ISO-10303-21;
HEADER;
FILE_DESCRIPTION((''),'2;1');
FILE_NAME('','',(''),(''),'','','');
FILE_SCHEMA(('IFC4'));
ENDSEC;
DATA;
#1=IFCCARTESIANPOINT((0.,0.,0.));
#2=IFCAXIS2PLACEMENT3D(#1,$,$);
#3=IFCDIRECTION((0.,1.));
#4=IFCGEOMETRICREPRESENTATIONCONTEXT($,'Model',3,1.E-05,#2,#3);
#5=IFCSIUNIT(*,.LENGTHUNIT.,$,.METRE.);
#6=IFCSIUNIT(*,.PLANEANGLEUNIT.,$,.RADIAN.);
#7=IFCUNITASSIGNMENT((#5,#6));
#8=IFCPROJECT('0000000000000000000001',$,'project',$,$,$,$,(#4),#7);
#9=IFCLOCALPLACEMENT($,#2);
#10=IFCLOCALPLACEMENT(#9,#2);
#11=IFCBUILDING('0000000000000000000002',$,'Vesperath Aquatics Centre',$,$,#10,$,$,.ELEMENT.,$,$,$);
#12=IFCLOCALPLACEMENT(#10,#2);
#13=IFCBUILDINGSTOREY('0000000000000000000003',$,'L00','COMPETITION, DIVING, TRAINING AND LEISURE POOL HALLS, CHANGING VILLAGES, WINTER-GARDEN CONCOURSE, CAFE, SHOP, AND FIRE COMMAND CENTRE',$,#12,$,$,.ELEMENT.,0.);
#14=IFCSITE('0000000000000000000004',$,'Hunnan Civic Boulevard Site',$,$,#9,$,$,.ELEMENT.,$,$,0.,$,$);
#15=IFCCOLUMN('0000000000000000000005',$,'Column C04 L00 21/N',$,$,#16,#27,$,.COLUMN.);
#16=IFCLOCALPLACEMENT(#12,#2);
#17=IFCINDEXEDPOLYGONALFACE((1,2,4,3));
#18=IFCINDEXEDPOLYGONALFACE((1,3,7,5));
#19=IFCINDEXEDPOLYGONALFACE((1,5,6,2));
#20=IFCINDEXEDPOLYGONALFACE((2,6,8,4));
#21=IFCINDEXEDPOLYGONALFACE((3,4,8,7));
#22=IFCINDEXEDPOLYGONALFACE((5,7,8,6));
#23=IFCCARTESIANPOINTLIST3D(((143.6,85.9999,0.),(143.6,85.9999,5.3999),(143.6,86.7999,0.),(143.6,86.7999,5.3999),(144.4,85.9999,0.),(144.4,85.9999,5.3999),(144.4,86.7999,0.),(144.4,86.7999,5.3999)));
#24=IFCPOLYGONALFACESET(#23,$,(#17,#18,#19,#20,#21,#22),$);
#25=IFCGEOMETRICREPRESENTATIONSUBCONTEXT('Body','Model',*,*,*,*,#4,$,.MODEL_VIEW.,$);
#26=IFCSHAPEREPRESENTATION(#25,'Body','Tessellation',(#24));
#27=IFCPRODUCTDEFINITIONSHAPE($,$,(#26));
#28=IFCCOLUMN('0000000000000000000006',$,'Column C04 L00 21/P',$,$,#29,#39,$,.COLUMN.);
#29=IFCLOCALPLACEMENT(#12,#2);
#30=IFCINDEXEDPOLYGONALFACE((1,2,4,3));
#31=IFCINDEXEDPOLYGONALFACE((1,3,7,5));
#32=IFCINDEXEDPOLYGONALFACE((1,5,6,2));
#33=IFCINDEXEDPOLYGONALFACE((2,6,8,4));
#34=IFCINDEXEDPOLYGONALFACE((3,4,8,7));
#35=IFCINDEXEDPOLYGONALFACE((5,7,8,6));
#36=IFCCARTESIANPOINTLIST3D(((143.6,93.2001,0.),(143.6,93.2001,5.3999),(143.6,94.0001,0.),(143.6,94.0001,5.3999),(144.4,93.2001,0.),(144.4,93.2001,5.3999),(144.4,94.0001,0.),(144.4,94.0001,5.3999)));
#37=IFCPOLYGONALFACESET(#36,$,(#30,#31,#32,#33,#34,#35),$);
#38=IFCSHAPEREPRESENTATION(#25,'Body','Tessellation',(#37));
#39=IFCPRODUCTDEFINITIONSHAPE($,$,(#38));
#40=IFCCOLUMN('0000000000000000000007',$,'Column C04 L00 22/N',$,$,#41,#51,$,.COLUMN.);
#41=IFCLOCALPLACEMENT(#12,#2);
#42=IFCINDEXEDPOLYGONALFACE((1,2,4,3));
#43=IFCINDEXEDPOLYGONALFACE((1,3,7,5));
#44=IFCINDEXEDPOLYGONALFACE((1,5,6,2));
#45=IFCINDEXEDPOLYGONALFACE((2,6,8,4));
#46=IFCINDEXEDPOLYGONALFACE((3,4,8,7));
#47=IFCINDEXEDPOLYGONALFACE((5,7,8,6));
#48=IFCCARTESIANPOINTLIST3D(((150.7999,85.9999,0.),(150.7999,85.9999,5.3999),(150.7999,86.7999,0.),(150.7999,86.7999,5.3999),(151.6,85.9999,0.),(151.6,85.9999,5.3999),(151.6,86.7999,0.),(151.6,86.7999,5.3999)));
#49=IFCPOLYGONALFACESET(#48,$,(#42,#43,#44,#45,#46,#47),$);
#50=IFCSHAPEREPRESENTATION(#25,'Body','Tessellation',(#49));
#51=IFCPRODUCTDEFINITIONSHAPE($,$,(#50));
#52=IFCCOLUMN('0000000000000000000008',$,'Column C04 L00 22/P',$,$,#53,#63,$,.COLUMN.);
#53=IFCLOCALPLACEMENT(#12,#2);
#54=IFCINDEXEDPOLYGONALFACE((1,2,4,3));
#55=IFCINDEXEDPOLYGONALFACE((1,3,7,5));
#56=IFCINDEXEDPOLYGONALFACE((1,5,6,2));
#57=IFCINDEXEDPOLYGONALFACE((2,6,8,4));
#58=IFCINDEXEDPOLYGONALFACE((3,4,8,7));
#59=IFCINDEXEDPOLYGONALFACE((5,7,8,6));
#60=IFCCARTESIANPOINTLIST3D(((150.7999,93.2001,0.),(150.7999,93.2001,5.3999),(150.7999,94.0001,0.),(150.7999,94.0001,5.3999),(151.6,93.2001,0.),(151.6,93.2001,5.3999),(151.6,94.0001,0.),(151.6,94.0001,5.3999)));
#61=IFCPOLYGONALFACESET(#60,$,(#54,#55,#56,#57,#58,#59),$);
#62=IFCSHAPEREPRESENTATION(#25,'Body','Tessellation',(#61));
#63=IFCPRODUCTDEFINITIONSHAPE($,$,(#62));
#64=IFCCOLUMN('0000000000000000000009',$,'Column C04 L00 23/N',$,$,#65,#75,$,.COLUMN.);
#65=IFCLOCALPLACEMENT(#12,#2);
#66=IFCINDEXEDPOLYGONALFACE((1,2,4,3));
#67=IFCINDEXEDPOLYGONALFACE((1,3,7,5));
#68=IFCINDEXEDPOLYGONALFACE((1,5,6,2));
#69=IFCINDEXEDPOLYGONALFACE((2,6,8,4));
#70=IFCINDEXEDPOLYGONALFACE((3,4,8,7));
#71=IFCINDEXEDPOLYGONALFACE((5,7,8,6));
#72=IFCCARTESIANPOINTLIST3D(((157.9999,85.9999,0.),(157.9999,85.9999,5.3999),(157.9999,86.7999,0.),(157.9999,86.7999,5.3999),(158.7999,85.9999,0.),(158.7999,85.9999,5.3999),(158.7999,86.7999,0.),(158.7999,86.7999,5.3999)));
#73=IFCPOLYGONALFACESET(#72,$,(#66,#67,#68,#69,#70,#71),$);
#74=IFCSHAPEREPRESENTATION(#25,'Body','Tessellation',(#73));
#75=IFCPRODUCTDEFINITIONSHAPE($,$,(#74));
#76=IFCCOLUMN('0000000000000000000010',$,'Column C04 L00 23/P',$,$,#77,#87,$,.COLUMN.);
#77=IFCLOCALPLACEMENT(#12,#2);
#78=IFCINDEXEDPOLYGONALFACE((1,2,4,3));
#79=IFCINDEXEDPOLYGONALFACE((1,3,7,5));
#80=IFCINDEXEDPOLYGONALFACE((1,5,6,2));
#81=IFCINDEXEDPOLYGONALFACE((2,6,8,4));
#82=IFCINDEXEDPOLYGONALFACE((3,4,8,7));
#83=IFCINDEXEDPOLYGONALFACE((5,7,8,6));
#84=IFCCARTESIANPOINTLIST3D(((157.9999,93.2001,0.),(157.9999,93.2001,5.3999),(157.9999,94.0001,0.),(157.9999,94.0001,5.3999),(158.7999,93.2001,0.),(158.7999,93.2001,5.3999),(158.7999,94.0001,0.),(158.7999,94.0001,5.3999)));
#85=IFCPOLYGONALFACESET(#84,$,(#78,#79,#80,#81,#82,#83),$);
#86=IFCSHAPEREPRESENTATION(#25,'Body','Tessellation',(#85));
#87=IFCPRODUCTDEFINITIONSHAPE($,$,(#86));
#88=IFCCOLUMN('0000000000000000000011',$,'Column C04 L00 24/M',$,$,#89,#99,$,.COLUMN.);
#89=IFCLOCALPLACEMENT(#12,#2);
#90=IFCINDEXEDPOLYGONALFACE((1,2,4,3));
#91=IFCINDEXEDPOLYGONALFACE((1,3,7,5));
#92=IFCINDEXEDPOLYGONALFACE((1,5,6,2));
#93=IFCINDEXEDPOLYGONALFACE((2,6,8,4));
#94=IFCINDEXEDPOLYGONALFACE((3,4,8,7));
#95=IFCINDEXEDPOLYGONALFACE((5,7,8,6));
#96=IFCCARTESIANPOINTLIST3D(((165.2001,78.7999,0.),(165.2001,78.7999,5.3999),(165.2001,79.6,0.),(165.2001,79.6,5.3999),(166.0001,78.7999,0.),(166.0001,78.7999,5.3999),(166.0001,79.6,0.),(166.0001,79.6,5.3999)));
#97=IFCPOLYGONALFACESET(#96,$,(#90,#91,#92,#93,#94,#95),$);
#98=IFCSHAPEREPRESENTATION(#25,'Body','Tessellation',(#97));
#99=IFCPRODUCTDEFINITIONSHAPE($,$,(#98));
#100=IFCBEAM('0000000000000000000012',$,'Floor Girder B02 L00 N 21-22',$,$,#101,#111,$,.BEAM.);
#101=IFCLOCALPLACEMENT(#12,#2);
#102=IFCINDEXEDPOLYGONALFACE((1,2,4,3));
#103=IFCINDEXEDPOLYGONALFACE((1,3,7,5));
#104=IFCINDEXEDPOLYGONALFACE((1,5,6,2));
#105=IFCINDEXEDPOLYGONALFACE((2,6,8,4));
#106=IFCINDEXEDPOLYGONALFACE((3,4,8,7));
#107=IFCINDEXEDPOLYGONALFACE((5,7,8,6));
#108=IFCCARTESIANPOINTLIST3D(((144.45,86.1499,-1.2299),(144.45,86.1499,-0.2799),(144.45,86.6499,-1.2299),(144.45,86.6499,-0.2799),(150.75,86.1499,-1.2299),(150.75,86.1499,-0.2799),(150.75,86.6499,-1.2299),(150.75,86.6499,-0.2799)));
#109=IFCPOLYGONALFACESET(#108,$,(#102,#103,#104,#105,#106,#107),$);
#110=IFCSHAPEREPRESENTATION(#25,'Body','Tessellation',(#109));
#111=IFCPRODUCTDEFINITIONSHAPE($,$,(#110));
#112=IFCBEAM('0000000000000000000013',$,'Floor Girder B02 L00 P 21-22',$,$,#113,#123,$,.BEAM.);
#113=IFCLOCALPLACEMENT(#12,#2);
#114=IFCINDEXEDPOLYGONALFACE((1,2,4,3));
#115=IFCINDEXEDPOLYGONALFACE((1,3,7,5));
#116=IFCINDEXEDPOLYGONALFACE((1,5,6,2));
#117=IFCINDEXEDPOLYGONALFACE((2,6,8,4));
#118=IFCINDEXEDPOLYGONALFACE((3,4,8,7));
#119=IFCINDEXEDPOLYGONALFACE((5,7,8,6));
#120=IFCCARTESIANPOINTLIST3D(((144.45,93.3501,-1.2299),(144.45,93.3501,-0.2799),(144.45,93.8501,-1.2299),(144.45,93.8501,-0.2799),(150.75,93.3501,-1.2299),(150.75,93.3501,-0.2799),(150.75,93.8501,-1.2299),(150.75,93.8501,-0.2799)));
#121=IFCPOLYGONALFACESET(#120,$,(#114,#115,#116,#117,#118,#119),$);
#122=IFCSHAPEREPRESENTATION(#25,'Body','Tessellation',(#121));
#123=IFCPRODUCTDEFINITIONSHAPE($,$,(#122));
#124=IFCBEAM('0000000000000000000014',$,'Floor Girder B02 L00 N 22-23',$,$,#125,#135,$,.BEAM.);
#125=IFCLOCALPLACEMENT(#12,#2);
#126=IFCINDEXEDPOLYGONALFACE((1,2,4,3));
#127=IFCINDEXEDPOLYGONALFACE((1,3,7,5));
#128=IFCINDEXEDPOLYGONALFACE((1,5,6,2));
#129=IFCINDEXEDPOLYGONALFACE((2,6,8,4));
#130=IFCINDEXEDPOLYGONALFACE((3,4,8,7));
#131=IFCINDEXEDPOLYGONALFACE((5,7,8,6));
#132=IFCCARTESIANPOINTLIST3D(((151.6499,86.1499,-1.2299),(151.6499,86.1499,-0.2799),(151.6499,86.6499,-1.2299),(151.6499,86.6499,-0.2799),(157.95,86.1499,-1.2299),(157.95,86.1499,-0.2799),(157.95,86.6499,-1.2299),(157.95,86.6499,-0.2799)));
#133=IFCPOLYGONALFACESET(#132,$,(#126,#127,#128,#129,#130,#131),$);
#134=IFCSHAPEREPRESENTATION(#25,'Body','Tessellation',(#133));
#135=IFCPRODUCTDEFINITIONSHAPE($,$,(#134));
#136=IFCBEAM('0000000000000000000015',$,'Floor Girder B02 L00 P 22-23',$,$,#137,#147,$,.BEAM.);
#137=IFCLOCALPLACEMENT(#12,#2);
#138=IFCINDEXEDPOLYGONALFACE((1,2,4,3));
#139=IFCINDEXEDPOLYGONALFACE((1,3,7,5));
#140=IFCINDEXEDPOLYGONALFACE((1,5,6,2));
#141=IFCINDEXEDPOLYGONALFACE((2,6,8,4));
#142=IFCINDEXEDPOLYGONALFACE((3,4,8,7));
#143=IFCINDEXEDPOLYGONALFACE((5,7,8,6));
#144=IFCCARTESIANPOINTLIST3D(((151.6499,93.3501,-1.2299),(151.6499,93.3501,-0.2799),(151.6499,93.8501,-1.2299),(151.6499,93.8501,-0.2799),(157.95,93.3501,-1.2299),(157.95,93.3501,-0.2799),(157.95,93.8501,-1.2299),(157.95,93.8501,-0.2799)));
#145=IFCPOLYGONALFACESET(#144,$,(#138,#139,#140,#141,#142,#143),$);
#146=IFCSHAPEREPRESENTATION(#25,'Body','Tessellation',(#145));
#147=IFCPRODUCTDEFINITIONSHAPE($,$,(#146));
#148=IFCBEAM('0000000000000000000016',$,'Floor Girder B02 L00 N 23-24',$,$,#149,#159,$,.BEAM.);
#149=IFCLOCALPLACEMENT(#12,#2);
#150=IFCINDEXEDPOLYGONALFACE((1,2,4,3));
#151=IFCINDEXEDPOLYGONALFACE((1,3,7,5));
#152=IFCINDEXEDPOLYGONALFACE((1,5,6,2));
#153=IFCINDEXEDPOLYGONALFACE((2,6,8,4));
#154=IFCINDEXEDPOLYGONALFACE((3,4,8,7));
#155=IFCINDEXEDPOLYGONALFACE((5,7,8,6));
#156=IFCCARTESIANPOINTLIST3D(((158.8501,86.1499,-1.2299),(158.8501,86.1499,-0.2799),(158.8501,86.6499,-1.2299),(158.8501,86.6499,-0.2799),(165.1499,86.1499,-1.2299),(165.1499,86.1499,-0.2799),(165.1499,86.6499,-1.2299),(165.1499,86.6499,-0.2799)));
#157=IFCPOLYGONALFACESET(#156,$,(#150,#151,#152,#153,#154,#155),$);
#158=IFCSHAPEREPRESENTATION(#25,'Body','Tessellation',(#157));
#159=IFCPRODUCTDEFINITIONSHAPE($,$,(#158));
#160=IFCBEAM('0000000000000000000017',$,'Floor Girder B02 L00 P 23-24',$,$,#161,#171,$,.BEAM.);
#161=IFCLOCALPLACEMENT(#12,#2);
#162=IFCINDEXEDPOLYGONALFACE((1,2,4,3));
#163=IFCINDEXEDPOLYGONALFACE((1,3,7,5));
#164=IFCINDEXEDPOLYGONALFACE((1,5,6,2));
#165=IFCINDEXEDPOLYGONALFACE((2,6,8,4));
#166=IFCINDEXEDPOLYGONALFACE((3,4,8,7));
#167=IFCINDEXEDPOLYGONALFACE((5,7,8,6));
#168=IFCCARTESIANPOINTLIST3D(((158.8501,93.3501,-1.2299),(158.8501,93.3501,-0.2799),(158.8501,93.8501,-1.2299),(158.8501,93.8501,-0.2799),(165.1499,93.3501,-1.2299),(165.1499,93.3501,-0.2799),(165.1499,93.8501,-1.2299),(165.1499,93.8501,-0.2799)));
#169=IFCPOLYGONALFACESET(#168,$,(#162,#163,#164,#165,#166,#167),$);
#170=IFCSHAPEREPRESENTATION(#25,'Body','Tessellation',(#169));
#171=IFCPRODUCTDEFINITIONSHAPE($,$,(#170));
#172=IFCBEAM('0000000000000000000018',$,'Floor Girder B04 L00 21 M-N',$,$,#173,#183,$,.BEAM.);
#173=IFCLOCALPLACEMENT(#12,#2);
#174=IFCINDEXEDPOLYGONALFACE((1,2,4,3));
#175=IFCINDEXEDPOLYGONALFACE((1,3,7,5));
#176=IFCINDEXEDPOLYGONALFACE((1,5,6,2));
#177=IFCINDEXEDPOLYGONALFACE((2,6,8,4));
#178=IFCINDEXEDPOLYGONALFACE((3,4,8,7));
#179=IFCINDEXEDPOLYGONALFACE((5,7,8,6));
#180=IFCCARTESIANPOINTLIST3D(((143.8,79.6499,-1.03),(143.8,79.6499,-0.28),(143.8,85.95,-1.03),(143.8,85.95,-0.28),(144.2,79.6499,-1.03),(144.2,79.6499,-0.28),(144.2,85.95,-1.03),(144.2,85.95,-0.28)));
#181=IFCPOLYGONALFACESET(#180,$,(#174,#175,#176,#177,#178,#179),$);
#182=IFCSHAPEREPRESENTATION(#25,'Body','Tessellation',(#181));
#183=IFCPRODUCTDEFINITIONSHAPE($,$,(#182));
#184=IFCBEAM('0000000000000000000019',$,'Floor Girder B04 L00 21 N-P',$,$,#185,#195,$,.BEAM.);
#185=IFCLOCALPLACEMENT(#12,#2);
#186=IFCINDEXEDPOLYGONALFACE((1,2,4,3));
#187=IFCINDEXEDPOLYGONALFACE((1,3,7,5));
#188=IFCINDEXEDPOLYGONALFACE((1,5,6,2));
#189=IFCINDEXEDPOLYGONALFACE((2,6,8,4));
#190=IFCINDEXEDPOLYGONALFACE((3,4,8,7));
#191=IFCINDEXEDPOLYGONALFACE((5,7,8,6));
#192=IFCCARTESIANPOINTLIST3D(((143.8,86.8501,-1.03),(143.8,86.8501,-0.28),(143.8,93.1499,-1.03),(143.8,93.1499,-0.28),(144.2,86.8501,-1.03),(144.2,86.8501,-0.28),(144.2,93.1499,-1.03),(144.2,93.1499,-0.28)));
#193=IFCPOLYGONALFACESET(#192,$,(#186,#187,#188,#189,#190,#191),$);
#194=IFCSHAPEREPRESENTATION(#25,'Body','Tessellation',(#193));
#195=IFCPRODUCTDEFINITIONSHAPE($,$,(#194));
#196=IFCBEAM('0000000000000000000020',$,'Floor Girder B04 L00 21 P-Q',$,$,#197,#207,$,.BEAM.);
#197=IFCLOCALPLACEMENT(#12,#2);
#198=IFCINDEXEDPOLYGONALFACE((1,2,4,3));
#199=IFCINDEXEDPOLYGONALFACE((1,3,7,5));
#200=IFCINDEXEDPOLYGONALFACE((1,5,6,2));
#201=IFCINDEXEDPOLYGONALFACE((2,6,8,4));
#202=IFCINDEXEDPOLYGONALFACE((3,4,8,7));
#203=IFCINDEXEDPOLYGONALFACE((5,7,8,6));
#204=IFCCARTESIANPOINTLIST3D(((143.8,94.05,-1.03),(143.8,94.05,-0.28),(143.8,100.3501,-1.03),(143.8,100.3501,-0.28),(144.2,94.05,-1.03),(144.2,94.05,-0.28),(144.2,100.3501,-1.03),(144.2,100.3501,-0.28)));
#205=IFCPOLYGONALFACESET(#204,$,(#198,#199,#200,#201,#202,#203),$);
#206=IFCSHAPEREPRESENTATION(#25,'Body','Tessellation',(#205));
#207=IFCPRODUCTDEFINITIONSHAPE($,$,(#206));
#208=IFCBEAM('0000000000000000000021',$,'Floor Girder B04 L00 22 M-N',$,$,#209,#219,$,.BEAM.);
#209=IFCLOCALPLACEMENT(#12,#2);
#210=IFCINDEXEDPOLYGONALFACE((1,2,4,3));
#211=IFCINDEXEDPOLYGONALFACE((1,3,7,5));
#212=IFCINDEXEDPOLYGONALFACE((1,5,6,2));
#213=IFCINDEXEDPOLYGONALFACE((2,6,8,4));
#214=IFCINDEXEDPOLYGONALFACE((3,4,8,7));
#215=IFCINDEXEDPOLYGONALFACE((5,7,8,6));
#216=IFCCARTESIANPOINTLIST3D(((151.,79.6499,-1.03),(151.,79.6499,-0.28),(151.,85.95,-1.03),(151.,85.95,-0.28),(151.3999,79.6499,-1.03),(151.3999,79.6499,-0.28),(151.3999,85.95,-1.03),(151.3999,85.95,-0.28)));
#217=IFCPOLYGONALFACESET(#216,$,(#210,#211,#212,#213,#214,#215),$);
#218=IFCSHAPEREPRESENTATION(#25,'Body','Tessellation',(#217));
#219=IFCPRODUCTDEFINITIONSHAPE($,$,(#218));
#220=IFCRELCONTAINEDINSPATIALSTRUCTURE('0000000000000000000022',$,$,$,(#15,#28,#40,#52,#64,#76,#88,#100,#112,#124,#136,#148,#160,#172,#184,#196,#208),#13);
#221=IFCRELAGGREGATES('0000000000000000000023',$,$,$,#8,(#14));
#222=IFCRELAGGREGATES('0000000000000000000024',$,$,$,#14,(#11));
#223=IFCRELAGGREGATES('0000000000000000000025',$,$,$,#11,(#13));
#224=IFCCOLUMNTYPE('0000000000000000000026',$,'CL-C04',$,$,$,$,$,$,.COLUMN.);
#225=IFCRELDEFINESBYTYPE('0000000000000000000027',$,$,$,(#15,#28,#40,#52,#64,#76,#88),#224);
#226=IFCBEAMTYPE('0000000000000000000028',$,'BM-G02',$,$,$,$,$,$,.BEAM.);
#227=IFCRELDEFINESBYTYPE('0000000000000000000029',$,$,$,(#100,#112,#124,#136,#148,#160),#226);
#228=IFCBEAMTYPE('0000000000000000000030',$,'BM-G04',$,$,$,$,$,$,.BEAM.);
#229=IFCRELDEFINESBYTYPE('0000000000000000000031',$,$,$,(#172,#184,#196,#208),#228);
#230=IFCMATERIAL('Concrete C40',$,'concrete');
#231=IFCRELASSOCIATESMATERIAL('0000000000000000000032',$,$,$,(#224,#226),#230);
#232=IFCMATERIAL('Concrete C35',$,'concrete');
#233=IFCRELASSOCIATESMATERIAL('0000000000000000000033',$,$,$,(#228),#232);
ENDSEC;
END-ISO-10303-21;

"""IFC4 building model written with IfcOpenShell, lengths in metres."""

from ifc_helpers import new_model, si_unit, direction, frame, origin, origin_2d, place, context, subcontext, project, spatial, rectangle, extrude, material, material_profile, profile_set, type_object, element, save


model = new_model("IFC4")

# Units and contexts
model_context = context("Model", 3, precision=1e-05, world=origin(), true_north=direction((0.0, 1.0)))
body_context = subcontext(model_context, "Body", "Model", "MODEL_VIEW")
ifc_project = project(units=[si_unit("LENGTHUNIT", "METRE"), si_unit("PLANEANGLEUNIT", "RADIAN")], contexts=[model_context])

# Site, building, storey
site_placement = place(None, origin())
site = spatial("IfcSite", under=ifc_project, at=site_placement, Name="Hunnan Civic Boulevard Site", CompositionType="ELEMENT", RefElevation=0.0)
building_placement = place(site_placement, origin())
building = spatial("IfcBuilding", under=site, at=building_placement, Name="Vesperath Aquatics Centre", CompositionType="ELEMENT")
storey_placement = place(building_placement, origin())
storey = spatial("IfcBuildingStorey", under=building, at=storey_placement, Name="L00", Description="COMPETITION, DIVING, TRAINING AND LEISURE POOL HALLS, CHANGING VILLAGES, WINTER-GARDEN CONCOURSE, CAFE, SHOP, AND FIRE COMMAND CENTRE", CompositionType="ELEMENT", Elevation=0.0)

# Columns
ifc_material_1 = material(Name="Concrete C40", Category="concrete")
ifc_material_profile_1 = material_profile(ifc_material_1, rectangle(XDim=0.8, YDim=0.8, at=origin_2d()), Name="RC 800x800")
ifc_profile_set_1 = profile_set([ifc_material_profile_1], Name="Concrete C40")
column_type = type_object("IfcColumnType", Name="CL-C04", PredefinedType="COLUMN", material=ifc_profile_set_1)
for number, where, z_axis, x_axis, name in (
    (1, (144.0, 86.3999, 0.0), (0.0, 0.0, 1.0), (1.0, 0.0, 0.0), "Column C04 L00 21/N"),
    (2, (144.0, 93.6001, 0.0), (0.0, 0.0, 1.0), (1.0, 0.0, 0.0), "Column C04 L00 21/P"),
    (3, (151.2, 86.3999, 0.0), (0.0, 0.0, 1.0), (1.0, 0.0, 0.0), "Column C04 L00 22/N"),
    (4, (151.2, 93.6001, 0.0), (0.0, 0.0, 1.0), (1.0, 0.0, 0.0), "Column C04 L00 22/P"),
    (5, (158.3999, 86.3999, 0.0), (0.0, 0.0, 1.0), (1.0, 0.0, 0.0), "Column C04 L00 23/N"),
    (6, (158.3999, 93.6001, 0.0), (0.0, 0.0, 1.0), (1.0, 0.0, 0.0), "Column C04 L00 23/P"),
    (7, (165.6001, 79.2, 0.0), (0.0, 0.0, 1.0), (1.0, 0.0, 0.0), "Column C04 L00 24/M"),
):
    element("IfcColumn", number, at=place(storey_placement, frame(where, z_axis=z_axis, x_axis=x_axis)), inside=storey, type_object=column_type, Name=name, PredefinedType="COLUMN", context=body_context, shape_type="SweptSolid", body=[
        extrude(rectangle(XDim=0.8, YDim=0.8, at=origin_2d()), origin(), (0.0, 0.0, 1.0), 5.3999),
    ])

# Beams
ifc_material_profile_2 = material_profile(ifc_material_1, rectangle(XDim=0.5, YDim=0.95, at=origin_2d()), Name="RC 500x950")
ifc_profile_set_2 = profile_set([ifc_material_profile_2], Name="Concrete C40")
beam_type_1 = type_object("IfcBeamType", Name="BM-G02", PredefinedType="BEAM", material=ifc_profile_set_2)
for number, where, z_axis, x_axis, name in (
    (8, (144.45, 86.3999, -0.7549), (1.0, 0.0, 0.0), (0.0, 1.0, 0.0), "Floor Girder B02 L00 N 21-22"),
    (9, (144.45, 93.6001, -0.7549), (1.0, 0.0, 0.0), (0.0, 1.0, 0.0), "Floor Girder B02 L00 P 21-22"),
    (10, (151.6499, 86.3999, -0.7549), (1.0, 0.0, 0.0), (0.0, 1.0, 0.0), "Floor Girder B02 L00 N 22-23"),
    (11, (151.6499, 93.6001, -0.7549), (1.0, 0.0, 0.0), (0.0, 1.0, 0.0), "Floor Girder B02 L00 P 22-23"),
):
    element("IfcBeam", number, at=place(storey_placement, frame(where, z_axis=z_axis, x_axis=x_axis)), inside=storey, type_object=beam_type_1, Name=name, PredefinedType="BEAM", context=body_context, shape_type="SweptSolid", body=[
        extrude(rectangle(XDim=0.5, YDim=0.95, at=origin_2d()), origin(), (0.0, 0.0, 1.0), 6.3),
    ])
for number, where, z_axis, x_axis, name in (
    (12, (158.8501, 86.3999, -0.7549), (1.0, 0.0, 0.0), (0.0, 1.0, 0.0), "Floor Girder B02 L00 N 23-24"),
    (13, (158.8501, 93.6001, -0.7549), (1.0, 0.0, 0.0), (0.0, 1.0, 0.0), "Floor Girder B02 L00 P 23-24"),
):
    element("IfcBeam", number, at=place(storey_placement, frame(where, z_axis=z_axis, x_axis=x_axis)), inside=storey, type_object=beam_type_1, Name=name, PredefinedType="BEAM", context=body_context, shape_type="SweptSolid", body=[
        extrude(rectangle(XDim=0.5, YDim=0.95, at=origin_2d()), origin(), (0.0, 0.0, 1.0), 6.2998),
    ])
ifc_material_2 = material(Name="Concrete C35", Category="concrete")
ifc_material_profile_3 = material_profile(ifc_material_2, rectangle(XDim=0.3999, YDim=0.75, at=origin_2d()), Name="RC 400x750")
ifc_profile_set_3 = profile_set([ifc_material_profile_3], Name="Concrete C35")
beam_type_2 = type_object("IfcBeamType", Name="BM-G04", PredefinedType="BEAM", material=ifc_profile_set_3)
beam_1_placement = place(storey_placement, frame((144.0, 79.6499, -0.655), z_axis=(0.0, 1.0, 0.0), x_axis=(-1.0, 0.0, 0.0)))
element("IfcBeam", 14, at=beam_1_placement, inside=storey, type_object=beam_type_2, Name="Floor Girder B04 L00 21 M-N", PredefinedType="BEAM", context=body_context, shape_type="SweptSolid", body=[
    extrude(rectangle(XDim=0.3999, YDim=0.75, at=origin_2d()), origin(), (0.0, 0.0, 1.0), 6.3),
])
beam_2_placement = place(storey_placement, frame((144.0, 86.8501, -0.655), z_axis=(0.0, 1.0, 0.0), x_axis=(-1.0, 0.0, 0.0)))
element("IfcBeam", 15, at=beam_2_placement, inside=storey, type_object=beam_type_2, Name="Floor Girder B04 L00 21 N-P", PredefinedType="BEAM", context=body_context, shape_type="SweptSolid", body=[
    extrude(rectangle(XDim=0.3999, YDim=0.75, at=origin_2d()), origin(), (0.0, 0.0, 1.0), 6.2998),
])
for number, where, z_axis, x_axis, name in (
    (16, (144.0, 94.05, -0.655), (0.0, 1.0, 0.0), (-1.0, 0.0, 0.0), "Floor Girder B04 L00 21 P-Q"),
    (17, (151.2, 79.6499, -0.655), (0.0, 1.0, 0.0), (-1.0, 0.0, 0.0), "Floor Girder B04 L00 22 M-N"),
):
    element("IfcBeam", number, at=place(storey_placement, frame(where, z_axis=z_axis, x_axis=x_axis)), inside=storey, type_object=beam_type_2, Name=name, PredefinedType="BEAM", context=body_context, shape_type="SweptSolid", body=[
        extrude(rectangle(XDim=0.3999, YDim=0.75, at=origin_2d()), origin(), (0.0, 0.0, 1.0), 6.3),
    ])

save(model, "model.ifc")
